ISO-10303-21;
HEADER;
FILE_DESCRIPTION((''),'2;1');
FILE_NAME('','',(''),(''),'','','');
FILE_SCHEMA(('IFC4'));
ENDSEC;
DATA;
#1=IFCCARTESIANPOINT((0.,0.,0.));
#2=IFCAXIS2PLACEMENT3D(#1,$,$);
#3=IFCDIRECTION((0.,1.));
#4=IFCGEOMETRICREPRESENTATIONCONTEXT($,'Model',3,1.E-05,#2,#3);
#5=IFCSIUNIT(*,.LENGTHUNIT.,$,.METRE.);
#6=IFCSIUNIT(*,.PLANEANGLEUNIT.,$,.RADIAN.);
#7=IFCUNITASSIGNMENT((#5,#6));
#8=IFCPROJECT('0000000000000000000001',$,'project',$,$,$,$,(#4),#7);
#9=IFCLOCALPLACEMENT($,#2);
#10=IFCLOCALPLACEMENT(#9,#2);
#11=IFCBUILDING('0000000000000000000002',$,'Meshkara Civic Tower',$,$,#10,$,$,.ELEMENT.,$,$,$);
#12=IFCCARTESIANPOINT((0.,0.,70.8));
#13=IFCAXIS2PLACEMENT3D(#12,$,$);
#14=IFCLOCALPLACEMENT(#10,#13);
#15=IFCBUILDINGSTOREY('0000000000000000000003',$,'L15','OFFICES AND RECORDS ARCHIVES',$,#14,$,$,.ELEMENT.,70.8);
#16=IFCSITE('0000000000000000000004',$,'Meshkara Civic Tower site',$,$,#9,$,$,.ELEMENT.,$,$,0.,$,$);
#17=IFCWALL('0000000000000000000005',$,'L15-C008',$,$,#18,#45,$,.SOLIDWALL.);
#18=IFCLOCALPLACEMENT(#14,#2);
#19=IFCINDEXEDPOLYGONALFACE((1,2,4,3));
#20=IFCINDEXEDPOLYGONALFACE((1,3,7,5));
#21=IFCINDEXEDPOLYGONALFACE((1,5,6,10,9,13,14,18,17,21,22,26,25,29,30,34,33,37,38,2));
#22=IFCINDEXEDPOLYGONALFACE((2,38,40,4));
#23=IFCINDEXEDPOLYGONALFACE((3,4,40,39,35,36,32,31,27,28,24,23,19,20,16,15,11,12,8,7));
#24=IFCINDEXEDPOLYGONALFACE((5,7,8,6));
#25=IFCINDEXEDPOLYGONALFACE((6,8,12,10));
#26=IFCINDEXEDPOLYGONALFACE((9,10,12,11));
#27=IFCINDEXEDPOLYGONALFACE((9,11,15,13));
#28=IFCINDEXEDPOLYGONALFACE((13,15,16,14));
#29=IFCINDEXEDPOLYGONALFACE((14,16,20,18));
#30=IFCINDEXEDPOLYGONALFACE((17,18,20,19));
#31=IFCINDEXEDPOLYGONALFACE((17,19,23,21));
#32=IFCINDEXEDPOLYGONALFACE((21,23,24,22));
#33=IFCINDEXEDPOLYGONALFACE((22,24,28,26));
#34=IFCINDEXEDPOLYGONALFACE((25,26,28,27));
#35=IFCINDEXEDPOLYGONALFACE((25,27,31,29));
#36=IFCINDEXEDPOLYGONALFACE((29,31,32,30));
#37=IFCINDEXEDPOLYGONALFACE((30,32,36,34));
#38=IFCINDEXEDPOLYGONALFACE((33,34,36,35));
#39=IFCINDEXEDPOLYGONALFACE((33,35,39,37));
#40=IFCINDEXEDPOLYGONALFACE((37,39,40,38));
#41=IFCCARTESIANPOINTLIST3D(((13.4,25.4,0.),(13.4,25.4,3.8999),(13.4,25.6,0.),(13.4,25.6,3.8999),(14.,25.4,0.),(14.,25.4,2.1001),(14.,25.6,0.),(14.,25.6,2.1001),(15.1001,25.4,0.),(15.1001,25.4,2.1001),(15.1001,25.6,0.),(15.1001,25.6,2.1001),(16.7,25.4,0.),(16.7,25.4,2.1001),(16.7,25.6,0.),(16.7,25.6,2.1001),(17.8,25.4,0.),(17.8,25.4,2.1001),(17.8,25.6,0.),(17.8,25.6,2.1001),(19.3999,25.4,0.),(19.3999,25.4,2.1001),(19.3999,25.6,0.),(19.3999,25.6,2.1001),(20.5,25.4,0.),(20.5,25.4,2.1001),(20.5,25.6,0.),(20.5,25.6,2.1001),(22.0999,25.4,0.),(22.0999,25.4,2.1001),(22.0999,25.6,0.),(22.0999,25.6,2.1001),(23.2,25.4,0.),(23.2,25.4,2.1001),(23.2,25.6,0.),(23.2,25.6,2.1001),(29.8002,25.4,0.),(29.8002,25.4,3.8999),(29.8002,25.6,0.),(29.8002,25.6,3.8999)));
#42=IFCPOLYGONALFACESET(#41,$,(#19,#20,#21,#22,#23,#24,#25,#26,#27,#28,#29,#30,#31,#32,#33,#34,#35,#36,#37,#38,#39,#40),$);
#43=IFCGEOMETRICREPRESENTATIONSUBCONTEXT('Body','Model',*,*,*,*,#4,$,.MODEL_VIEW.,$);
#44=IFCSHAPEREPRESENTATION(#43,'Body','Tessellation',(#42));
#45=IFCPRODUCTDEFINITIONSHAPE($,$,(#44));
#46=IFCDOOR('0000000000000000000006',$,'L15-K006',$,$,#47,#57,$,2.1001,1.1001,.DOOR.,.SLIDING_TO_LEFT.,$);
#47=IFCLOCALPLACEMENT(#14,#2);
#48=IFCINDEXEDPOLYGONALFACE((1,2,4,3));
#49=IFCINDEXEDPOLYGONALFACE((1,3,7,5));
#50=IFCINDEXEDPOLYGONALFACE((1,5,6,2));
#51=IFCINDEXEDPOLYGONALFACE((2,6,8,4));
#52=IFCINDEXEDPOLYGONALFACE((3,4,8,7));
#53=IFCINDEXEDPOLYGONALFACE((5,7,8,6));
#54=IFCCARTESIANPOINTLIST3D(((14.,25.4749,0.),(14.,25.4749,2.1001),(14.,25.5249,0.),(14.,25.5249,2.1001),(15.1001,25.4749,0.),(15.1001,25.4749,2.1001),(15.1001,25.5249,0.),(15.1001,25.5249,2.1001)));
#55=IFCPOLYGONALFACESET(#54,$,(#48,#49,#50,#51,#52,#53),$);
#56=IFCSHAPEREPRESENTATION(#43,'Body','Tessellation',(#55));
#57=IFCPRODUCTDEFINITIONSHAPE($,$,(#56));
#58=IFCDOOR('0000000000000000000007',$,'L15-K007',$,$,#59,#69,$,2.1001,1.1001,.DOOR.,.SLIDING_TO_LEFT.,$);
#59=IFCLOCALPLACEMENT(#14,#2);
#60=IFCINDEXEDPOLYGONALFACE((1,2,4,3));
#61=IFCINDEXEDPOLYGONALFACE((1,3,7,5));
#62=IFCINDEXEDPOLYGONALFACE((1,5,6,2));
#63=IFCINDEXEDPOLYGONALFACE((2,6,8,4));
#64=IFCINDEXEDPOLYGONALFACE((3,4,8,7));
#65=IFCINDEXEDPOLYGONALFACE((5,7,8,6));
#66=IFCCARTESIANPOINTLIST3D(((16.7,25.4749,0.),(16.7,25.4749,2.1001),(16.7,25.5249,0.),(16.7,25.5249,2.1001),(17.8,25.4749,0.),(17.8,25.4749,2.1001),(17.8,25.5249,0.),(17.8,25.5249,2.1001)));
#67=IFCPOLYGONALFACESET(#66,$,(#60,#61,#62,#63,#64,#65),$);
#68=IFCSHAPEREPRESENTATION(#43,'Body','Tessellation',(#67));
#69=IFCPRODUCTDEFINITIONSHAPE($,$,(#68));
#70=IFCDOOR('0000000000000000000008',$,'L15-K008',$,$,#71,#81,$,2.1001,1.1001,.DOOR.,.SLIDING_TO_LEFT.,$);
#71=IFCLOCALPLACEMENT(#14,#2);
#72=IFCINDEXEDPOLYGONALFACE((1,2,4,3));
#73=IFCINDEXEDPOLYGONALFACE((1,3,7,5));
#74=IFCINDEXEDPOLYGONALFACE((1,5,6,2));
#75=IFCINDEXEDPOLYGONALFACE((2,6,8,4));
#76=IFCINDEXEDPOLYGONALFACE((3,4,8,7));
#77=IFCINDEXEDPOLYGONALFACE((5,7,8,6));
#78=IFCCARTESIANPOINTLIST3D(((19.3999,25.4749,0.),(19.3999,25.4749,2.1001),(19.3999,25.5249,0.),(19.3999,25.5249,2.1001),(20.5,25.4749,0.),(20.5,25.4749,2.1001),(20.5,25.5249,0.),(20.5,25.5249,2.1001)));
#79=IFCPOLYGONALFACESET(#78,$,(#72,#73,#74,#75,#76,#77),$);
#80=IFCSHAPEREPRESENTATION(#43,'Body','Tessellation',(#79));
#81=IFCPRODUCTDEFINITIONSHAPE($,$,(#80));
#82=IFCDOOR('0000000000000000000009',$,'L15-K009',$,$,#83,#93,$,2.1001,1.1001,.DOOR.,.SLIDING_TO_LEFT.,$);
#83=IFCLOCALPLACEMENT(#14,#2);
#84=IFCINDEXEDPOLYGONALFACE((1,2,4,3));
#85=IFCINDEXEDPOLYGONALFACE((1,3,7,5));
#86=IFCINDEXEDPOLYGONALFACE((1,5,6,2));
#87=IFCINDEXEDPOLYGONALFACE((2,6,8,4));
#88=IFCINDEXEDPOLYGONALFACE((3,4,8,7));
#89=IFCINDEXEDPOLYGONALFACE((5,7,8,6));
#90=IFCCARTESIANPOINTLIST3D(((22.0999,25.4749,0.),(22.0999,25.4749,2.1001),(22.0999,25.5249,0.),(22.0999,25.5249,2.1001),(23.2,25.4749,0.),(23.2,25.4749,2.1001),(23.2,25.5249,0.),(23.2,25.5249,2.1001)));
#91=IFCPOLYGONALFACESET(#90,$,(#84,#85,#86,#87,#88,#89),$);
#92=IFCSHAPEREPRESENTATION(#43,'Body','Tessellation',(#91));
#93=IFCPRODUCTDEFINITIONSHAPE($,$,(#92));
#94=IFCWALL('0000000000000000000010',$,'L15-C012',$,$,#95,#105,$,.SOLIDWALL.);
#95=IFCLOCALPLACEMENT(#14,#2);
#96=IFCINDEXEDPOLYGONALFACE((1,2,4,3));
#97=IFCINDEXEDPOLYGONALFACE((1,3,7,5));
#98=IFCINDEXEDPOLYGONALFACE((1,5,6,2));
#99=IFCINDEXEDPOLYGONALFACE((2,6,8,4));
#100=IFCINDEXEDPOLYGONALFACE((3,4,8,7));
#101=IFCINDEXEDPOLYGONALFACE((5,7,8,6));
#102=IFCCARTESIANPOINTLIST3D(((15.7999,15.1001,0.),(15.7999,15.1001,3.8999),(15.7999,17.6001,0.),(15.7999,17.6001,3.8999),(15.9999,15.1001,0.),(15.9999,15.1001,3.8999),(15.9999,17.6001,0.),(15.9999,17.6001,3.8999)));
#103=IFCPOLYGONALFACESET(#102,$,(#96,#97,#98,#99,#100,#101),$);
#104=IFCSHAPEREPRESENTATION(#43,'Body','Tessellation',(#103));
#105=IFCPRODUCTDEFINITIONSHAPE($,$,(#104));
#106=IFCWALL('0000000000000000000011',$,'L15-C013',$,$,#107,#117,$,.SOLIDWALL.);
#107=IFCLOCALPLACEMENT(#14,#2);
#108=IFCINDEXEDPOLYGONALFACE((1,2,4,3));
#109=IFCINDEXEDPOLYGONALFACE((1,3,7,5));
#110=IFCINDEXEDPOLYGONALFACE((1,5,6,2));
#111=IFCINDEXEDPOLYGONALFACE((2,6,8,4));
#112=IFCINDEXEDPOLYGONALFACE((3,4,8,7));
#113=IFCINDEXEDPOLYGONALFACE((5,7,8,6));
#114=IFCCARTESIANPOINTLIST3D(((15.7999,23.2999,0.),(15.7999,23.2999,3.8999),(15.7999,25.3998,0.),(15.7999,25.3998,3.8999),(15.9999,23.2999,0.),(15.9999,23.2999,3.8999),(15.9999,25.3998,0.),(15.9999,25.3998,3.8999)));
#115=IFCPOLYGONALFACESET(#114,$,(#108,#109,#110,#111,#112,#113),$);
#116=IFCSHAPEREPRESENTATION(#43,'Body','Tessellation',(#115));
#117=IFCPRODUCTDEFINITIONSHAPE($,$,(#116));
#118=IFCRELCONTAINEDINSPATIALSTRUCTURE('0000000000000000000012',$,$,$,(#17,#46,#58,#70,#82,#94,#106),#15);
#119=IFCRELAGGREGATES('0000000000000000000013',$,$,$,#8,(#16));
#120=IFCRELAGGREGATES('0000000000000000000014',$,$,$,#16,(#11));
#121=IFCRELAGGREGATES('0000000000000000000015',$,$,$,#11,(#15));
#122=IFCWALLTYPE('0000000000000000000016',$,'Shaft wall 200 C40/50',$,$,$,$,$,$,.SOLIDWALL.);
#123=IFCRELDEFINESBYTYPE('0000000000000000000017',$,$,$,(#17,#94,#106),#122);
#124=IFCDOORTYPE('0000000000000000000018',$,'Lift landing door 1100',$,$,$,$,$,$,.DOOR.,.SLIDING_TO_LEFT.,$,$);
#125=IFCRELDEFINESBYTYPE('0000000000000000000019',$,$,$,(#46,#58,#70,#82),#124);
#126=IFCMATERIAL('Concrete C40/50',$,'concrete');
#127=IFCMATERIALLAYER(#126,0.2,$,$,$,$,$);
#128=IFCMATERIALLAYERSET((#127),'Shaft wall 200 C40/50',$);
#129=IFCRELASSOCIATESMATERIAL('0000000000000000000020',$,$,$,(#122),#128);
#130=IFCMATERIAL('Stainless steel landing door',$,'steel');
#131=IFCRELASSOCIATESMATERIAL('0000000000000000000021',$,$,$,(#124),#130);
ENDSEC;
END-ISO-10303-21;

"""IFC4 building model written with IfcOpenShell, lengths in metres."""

from ifc_helpers import new_model, si_unit, direction, frame, frame_2d, origin, place, context, subcontext, project, spatial, rectangle, extrude, material, layer, layer_set, type_object, element, fill, save


model = new_model("IFC4")

# Units and contexts
model_context = context("Model", 3, precision=1e-05, world=origin(), true_north=direction((0.0, 1.0)))
body_context = subcontext(model_context, "Body", "Model", "MODEL_VIEW")
ifc_project = project(units=[si_unit("LENGTHUNIT", "METRE"), si_unit("PLANEANGLEUNIT", "RADIAN")], contexts=[model_context])

# Site, building, storey
site_placement = place(None, origin())
site = spatial("IfcSite", under=ifc_project, at=site_placement, Name="Meshkara Civic Tower site", CompositionType="ELEMENT", RefElevation=0.0)
building_placement = place(site_placement, origin())
building = spatial("IfcBuilding", under=site, at=building_placement, Name="Meshkara Civic Tower", CompositionType="ELEMENT")
storey_placement = place(building_placement, frame((0.0, 0.0, 70.8)))
storey = spatial("IfcBuildingStorey", under=building, at=storey_placement, Name="L15", Description="OFFICES AND RECORDS ARCHIVES", CompositionType="ELEMENT", Elevation=70.8)

# Wall, openings, doors
ifc_material_1 = material(Name="Concrete C40/50", Category="concrete")
ifc_layer_1 = layer(ifc_material_1, 0.2)
ifc_layer_set_1 = layer_set([ifc_layer_1], Name="Shaft wall 200 C40/50")
wall_type_1 = type_object("IfcWallType", Name="Shaft wall 200 C40/50", PredefinedType="SOLIDWALL", material=ifc_layer_set_1)
ifc_material_2 = material(Name="Stainless steel landing door", Category="steel")
door_type_1 = type_object("IfcDoorType", Name="Lift landing door 1100", OperationType="SLIDING_TO_LEFT", PredefinedType="DOOR", material=ifc_material_2)
wall_1_placement = place(storey_placement, frame((13.3999, 25.5, 0.0), z_axis=(0.0, 0.0, 1.0), x_axis=(1.0, 0.0, 0.0)))
wall_1 = element("IfcWall", 1, at=wall_1_placement, inside=storey, type_object=wall_type_1, Name="L15-C008", PredefinedType="SOLIDWALL", context=body_context, shape_type="SweptSolid", body=[
    extrude(rectangle(XDim=16.4001, YDim=0.2, at=frame_2d((8.2002, 0.0))), origin(), (0.0, 0.0, 1.0), 3.8999),
])
opening_1_placement = place(wall_1_placement, frame((0.6001, 0.0, 0.0)))
opening_1 = element("IfcOpeningElement", 2, at=opening_1_placement, cuts=wall_1, PredefinedType="OPENING", context=body_context, shape_type="SweptSolid", body=[
    extrude(rectangle(XDim=1.1001, YDim=2.1001, at=frame_2d((0.55, 1.05))), frame((0.0, 0.1099, 0.0), z_axis=(0.0, -1.0, 0.0), x_axis=(1.0, 0.0, 0.0)), (0.0, 0.0, 1.0), 0.22),
])
opening_2_placement = place(wall_1_placement, frame((3.3, 0.0, 0.0)))
opening_2 = element("IfcOpeningElement", 3, at=opening_2_placement, cuts=wall_1, PredefinedType="OPENING", context=body_context, shape_type="SweptSolid", body=[
    extrude(rectangle(XDim=1.1001, YDim=2.1001, at=frame_2d((0.55, 1.05))), frame((0.0, 0.1099, 0.0), z_axis=(0.0, -1.0, 0.0), x_axis=(1.0, 0.0, 0.0)), (0.0, 0.0, 1.0), 0.22),
])
opening_3_placement = place(wall_1_placement, frame((6.0, 0.0, 0.0)))
opening_3 = element("IfcOpeningElement", 4, at=opening_3_placement, cuts=wall_1, PredefinedType="OPENING", context=body_context, shape_type="SweptSolid", body=[
    extrude(rectangle(XDim=1.1001, YDim=2.1001, at=frame_2d((0.55, 1.05))), frame((0.0, 0.1099, 0.0), z_axis=(0.0, -1.0, 0.0), x_axis=(1.0, 0.0, 0.0)), (0.0, 0.0, 1.0), 0.22),
])
opening_4_placement = place(wall_1_placement, frame((8.7, 0.0, 0.0)))
opening_4 = element("IfcOpeningElement", 5, at=opening_4_placement, cuts=wall_1, PredefinedType="OPENING", context=body_context, shape_type="SweptSolid", body=[
    extrude(rectangle(XDim=1.1001, YDim=2.1001, at=frame_2d((0.55, 1.05))), frame((0.0, 0.1099, 0.0), z_axis=(0.0, -1.0, 0.0), x_axis=(1.0, 0.0, 0.0)), (0.0, 0.0, 1.0), 0.22),
])
door_1_placement = place(opening_1_placement, origin())
door_1 = element("IfcDoor", 6, at=door_1_placement, inside=storey, type_object=door_type_1, Name="L15-K006", OperationType="SLIDING_TO_LEFT", OverallHeight=2.1001, OverallWidth=1.1001, PredefinedType="DOOR", context=body_context, shape_type="SweptSolid", body=[
    extrude(rectangle(XDim=1.1001, YDim=2.1001, at=frame_2d((0.55, 1.05))), frame((0.0, 0.0249, 0.0), z_axis=(0.0, -1.0, 0.0), x_axis=(1.0, 0.0, 0.0)), (0.0, 0.0, 1.0), 0.05),
])
fill(opening_1, door_1)
door_2_placement = place(opening_2_placement, origin())
door_2 = element("IfcDoor", 7, at=door_2_placement, inside=storey, type_object=door_type_1, Name="L15-K007", OperationType="SLIDING_TO_LEFT", OverallHeight=2.1001, OverallWidth=1.1001, PredefinedType="DOOR", context=body_context, shape_type="SweptSolid", body=[
    extrude(rectangle(XDim=1.1001, YDim=2.1001, at=frame_2d((0.55, 1.05))), frame((0.0, 0.0249, 0.0), z_axis=(0.0, -1.0, 0.0), x_axis=(1.0, 0.0, 0.0)), (0.0, 0.0, 1.0), 0.05),
])
fill(opening_2, door_2)
door_3_placement = place(opening_3_placement, origin())
door_3 = element("IfcDoor", 8, at=door_3_placement, inside=storey, type_object=door_type_1, Name="L15-K008", OperationType="SLIDING_TO_LEFT", OverallHeight=2.1001, OverallWidth=1.1001, PredefinedType="DOOR", context=body_context, shape_type="SweptSolid", body=[
    extrude(rectangle(XDim=1.1001, YDim=2.1001, at=frame_2d((0.55, 1.05))), frame((0.0, 0.0249, 0.0), z_axis=(0.0, -1.0, 0.0), x_axis=(1.0, 0.0, 0.0)), (0.0, 0.0, 1.0), 0.05),
])
fill(opening_3, door_3)
door_4_placement = place(opening_4_placement, origin())
door_4 = element("IfcDoor", 9, at=door_4_placement, inside=storey, type_object=door_type_1, Name="L15-K009", OperationType="SLIDING_TO_LEFT", OverallHeight=2.1001, OverallWidth=1.1001, PredefinedType="DOOR", context=body_context, shape_type="SweptSolid", body=[
    extrude(rectangle(XDim=1.1001, YDim=2.1001, at=frame_2d((0.55, 1.05))), frame((0.0, 0.0249, 0.0), z_axis=(0.0, -1.0, 0.0), x_axis=(1.0, 0.0, 0.0)), (0.0, 0.0, 1.0), 0.05),
])
fill(opening_4, door_4)

# Walls
wall_2_placement = place(storey_placement, frame((15.8999, 15.1001, 0.0), z_axis=(0.0, 0.0, 1.0), x_axis=(0.0, 1.0, 0.0)))
element("IfcWall", 10, at=wall_2_placement, inside=storey, type_object=wall_type_1, Name="L15-C012", PredefinedType="SOLIDWALL", context=body_context, shape_type="SweptSolid", body=[
    extrude(rectangle(XDim=2.5, YDim=0.2, at=frame_2d((1.25, 0.0))), origin(), (0.0, 0.0, 1.0), 3.8999),
])
wall_3_placement = place(storey_placement, frame((15.8999, 23.3, 0.0), z_axis=(0.0, 0.0, 1.0), x_axis=(0.0, 1.0, 0.0)))
element("IfcWall", 11, at=wall_3_placement, inside=storey, type_object=wall_type_1, Name="L15-C013", PredefinedType="SOLIDWALL", context=body_context, shape_type="SweptSolid", body=[
    extrude(rectangle(XDim=2.0999, YDim=0.2, at=frame_2d((1.0498, 0.0))), origin(), (0.0, 0.0, 1.0), 3.8999),
])

save(model, "model.ifc")
